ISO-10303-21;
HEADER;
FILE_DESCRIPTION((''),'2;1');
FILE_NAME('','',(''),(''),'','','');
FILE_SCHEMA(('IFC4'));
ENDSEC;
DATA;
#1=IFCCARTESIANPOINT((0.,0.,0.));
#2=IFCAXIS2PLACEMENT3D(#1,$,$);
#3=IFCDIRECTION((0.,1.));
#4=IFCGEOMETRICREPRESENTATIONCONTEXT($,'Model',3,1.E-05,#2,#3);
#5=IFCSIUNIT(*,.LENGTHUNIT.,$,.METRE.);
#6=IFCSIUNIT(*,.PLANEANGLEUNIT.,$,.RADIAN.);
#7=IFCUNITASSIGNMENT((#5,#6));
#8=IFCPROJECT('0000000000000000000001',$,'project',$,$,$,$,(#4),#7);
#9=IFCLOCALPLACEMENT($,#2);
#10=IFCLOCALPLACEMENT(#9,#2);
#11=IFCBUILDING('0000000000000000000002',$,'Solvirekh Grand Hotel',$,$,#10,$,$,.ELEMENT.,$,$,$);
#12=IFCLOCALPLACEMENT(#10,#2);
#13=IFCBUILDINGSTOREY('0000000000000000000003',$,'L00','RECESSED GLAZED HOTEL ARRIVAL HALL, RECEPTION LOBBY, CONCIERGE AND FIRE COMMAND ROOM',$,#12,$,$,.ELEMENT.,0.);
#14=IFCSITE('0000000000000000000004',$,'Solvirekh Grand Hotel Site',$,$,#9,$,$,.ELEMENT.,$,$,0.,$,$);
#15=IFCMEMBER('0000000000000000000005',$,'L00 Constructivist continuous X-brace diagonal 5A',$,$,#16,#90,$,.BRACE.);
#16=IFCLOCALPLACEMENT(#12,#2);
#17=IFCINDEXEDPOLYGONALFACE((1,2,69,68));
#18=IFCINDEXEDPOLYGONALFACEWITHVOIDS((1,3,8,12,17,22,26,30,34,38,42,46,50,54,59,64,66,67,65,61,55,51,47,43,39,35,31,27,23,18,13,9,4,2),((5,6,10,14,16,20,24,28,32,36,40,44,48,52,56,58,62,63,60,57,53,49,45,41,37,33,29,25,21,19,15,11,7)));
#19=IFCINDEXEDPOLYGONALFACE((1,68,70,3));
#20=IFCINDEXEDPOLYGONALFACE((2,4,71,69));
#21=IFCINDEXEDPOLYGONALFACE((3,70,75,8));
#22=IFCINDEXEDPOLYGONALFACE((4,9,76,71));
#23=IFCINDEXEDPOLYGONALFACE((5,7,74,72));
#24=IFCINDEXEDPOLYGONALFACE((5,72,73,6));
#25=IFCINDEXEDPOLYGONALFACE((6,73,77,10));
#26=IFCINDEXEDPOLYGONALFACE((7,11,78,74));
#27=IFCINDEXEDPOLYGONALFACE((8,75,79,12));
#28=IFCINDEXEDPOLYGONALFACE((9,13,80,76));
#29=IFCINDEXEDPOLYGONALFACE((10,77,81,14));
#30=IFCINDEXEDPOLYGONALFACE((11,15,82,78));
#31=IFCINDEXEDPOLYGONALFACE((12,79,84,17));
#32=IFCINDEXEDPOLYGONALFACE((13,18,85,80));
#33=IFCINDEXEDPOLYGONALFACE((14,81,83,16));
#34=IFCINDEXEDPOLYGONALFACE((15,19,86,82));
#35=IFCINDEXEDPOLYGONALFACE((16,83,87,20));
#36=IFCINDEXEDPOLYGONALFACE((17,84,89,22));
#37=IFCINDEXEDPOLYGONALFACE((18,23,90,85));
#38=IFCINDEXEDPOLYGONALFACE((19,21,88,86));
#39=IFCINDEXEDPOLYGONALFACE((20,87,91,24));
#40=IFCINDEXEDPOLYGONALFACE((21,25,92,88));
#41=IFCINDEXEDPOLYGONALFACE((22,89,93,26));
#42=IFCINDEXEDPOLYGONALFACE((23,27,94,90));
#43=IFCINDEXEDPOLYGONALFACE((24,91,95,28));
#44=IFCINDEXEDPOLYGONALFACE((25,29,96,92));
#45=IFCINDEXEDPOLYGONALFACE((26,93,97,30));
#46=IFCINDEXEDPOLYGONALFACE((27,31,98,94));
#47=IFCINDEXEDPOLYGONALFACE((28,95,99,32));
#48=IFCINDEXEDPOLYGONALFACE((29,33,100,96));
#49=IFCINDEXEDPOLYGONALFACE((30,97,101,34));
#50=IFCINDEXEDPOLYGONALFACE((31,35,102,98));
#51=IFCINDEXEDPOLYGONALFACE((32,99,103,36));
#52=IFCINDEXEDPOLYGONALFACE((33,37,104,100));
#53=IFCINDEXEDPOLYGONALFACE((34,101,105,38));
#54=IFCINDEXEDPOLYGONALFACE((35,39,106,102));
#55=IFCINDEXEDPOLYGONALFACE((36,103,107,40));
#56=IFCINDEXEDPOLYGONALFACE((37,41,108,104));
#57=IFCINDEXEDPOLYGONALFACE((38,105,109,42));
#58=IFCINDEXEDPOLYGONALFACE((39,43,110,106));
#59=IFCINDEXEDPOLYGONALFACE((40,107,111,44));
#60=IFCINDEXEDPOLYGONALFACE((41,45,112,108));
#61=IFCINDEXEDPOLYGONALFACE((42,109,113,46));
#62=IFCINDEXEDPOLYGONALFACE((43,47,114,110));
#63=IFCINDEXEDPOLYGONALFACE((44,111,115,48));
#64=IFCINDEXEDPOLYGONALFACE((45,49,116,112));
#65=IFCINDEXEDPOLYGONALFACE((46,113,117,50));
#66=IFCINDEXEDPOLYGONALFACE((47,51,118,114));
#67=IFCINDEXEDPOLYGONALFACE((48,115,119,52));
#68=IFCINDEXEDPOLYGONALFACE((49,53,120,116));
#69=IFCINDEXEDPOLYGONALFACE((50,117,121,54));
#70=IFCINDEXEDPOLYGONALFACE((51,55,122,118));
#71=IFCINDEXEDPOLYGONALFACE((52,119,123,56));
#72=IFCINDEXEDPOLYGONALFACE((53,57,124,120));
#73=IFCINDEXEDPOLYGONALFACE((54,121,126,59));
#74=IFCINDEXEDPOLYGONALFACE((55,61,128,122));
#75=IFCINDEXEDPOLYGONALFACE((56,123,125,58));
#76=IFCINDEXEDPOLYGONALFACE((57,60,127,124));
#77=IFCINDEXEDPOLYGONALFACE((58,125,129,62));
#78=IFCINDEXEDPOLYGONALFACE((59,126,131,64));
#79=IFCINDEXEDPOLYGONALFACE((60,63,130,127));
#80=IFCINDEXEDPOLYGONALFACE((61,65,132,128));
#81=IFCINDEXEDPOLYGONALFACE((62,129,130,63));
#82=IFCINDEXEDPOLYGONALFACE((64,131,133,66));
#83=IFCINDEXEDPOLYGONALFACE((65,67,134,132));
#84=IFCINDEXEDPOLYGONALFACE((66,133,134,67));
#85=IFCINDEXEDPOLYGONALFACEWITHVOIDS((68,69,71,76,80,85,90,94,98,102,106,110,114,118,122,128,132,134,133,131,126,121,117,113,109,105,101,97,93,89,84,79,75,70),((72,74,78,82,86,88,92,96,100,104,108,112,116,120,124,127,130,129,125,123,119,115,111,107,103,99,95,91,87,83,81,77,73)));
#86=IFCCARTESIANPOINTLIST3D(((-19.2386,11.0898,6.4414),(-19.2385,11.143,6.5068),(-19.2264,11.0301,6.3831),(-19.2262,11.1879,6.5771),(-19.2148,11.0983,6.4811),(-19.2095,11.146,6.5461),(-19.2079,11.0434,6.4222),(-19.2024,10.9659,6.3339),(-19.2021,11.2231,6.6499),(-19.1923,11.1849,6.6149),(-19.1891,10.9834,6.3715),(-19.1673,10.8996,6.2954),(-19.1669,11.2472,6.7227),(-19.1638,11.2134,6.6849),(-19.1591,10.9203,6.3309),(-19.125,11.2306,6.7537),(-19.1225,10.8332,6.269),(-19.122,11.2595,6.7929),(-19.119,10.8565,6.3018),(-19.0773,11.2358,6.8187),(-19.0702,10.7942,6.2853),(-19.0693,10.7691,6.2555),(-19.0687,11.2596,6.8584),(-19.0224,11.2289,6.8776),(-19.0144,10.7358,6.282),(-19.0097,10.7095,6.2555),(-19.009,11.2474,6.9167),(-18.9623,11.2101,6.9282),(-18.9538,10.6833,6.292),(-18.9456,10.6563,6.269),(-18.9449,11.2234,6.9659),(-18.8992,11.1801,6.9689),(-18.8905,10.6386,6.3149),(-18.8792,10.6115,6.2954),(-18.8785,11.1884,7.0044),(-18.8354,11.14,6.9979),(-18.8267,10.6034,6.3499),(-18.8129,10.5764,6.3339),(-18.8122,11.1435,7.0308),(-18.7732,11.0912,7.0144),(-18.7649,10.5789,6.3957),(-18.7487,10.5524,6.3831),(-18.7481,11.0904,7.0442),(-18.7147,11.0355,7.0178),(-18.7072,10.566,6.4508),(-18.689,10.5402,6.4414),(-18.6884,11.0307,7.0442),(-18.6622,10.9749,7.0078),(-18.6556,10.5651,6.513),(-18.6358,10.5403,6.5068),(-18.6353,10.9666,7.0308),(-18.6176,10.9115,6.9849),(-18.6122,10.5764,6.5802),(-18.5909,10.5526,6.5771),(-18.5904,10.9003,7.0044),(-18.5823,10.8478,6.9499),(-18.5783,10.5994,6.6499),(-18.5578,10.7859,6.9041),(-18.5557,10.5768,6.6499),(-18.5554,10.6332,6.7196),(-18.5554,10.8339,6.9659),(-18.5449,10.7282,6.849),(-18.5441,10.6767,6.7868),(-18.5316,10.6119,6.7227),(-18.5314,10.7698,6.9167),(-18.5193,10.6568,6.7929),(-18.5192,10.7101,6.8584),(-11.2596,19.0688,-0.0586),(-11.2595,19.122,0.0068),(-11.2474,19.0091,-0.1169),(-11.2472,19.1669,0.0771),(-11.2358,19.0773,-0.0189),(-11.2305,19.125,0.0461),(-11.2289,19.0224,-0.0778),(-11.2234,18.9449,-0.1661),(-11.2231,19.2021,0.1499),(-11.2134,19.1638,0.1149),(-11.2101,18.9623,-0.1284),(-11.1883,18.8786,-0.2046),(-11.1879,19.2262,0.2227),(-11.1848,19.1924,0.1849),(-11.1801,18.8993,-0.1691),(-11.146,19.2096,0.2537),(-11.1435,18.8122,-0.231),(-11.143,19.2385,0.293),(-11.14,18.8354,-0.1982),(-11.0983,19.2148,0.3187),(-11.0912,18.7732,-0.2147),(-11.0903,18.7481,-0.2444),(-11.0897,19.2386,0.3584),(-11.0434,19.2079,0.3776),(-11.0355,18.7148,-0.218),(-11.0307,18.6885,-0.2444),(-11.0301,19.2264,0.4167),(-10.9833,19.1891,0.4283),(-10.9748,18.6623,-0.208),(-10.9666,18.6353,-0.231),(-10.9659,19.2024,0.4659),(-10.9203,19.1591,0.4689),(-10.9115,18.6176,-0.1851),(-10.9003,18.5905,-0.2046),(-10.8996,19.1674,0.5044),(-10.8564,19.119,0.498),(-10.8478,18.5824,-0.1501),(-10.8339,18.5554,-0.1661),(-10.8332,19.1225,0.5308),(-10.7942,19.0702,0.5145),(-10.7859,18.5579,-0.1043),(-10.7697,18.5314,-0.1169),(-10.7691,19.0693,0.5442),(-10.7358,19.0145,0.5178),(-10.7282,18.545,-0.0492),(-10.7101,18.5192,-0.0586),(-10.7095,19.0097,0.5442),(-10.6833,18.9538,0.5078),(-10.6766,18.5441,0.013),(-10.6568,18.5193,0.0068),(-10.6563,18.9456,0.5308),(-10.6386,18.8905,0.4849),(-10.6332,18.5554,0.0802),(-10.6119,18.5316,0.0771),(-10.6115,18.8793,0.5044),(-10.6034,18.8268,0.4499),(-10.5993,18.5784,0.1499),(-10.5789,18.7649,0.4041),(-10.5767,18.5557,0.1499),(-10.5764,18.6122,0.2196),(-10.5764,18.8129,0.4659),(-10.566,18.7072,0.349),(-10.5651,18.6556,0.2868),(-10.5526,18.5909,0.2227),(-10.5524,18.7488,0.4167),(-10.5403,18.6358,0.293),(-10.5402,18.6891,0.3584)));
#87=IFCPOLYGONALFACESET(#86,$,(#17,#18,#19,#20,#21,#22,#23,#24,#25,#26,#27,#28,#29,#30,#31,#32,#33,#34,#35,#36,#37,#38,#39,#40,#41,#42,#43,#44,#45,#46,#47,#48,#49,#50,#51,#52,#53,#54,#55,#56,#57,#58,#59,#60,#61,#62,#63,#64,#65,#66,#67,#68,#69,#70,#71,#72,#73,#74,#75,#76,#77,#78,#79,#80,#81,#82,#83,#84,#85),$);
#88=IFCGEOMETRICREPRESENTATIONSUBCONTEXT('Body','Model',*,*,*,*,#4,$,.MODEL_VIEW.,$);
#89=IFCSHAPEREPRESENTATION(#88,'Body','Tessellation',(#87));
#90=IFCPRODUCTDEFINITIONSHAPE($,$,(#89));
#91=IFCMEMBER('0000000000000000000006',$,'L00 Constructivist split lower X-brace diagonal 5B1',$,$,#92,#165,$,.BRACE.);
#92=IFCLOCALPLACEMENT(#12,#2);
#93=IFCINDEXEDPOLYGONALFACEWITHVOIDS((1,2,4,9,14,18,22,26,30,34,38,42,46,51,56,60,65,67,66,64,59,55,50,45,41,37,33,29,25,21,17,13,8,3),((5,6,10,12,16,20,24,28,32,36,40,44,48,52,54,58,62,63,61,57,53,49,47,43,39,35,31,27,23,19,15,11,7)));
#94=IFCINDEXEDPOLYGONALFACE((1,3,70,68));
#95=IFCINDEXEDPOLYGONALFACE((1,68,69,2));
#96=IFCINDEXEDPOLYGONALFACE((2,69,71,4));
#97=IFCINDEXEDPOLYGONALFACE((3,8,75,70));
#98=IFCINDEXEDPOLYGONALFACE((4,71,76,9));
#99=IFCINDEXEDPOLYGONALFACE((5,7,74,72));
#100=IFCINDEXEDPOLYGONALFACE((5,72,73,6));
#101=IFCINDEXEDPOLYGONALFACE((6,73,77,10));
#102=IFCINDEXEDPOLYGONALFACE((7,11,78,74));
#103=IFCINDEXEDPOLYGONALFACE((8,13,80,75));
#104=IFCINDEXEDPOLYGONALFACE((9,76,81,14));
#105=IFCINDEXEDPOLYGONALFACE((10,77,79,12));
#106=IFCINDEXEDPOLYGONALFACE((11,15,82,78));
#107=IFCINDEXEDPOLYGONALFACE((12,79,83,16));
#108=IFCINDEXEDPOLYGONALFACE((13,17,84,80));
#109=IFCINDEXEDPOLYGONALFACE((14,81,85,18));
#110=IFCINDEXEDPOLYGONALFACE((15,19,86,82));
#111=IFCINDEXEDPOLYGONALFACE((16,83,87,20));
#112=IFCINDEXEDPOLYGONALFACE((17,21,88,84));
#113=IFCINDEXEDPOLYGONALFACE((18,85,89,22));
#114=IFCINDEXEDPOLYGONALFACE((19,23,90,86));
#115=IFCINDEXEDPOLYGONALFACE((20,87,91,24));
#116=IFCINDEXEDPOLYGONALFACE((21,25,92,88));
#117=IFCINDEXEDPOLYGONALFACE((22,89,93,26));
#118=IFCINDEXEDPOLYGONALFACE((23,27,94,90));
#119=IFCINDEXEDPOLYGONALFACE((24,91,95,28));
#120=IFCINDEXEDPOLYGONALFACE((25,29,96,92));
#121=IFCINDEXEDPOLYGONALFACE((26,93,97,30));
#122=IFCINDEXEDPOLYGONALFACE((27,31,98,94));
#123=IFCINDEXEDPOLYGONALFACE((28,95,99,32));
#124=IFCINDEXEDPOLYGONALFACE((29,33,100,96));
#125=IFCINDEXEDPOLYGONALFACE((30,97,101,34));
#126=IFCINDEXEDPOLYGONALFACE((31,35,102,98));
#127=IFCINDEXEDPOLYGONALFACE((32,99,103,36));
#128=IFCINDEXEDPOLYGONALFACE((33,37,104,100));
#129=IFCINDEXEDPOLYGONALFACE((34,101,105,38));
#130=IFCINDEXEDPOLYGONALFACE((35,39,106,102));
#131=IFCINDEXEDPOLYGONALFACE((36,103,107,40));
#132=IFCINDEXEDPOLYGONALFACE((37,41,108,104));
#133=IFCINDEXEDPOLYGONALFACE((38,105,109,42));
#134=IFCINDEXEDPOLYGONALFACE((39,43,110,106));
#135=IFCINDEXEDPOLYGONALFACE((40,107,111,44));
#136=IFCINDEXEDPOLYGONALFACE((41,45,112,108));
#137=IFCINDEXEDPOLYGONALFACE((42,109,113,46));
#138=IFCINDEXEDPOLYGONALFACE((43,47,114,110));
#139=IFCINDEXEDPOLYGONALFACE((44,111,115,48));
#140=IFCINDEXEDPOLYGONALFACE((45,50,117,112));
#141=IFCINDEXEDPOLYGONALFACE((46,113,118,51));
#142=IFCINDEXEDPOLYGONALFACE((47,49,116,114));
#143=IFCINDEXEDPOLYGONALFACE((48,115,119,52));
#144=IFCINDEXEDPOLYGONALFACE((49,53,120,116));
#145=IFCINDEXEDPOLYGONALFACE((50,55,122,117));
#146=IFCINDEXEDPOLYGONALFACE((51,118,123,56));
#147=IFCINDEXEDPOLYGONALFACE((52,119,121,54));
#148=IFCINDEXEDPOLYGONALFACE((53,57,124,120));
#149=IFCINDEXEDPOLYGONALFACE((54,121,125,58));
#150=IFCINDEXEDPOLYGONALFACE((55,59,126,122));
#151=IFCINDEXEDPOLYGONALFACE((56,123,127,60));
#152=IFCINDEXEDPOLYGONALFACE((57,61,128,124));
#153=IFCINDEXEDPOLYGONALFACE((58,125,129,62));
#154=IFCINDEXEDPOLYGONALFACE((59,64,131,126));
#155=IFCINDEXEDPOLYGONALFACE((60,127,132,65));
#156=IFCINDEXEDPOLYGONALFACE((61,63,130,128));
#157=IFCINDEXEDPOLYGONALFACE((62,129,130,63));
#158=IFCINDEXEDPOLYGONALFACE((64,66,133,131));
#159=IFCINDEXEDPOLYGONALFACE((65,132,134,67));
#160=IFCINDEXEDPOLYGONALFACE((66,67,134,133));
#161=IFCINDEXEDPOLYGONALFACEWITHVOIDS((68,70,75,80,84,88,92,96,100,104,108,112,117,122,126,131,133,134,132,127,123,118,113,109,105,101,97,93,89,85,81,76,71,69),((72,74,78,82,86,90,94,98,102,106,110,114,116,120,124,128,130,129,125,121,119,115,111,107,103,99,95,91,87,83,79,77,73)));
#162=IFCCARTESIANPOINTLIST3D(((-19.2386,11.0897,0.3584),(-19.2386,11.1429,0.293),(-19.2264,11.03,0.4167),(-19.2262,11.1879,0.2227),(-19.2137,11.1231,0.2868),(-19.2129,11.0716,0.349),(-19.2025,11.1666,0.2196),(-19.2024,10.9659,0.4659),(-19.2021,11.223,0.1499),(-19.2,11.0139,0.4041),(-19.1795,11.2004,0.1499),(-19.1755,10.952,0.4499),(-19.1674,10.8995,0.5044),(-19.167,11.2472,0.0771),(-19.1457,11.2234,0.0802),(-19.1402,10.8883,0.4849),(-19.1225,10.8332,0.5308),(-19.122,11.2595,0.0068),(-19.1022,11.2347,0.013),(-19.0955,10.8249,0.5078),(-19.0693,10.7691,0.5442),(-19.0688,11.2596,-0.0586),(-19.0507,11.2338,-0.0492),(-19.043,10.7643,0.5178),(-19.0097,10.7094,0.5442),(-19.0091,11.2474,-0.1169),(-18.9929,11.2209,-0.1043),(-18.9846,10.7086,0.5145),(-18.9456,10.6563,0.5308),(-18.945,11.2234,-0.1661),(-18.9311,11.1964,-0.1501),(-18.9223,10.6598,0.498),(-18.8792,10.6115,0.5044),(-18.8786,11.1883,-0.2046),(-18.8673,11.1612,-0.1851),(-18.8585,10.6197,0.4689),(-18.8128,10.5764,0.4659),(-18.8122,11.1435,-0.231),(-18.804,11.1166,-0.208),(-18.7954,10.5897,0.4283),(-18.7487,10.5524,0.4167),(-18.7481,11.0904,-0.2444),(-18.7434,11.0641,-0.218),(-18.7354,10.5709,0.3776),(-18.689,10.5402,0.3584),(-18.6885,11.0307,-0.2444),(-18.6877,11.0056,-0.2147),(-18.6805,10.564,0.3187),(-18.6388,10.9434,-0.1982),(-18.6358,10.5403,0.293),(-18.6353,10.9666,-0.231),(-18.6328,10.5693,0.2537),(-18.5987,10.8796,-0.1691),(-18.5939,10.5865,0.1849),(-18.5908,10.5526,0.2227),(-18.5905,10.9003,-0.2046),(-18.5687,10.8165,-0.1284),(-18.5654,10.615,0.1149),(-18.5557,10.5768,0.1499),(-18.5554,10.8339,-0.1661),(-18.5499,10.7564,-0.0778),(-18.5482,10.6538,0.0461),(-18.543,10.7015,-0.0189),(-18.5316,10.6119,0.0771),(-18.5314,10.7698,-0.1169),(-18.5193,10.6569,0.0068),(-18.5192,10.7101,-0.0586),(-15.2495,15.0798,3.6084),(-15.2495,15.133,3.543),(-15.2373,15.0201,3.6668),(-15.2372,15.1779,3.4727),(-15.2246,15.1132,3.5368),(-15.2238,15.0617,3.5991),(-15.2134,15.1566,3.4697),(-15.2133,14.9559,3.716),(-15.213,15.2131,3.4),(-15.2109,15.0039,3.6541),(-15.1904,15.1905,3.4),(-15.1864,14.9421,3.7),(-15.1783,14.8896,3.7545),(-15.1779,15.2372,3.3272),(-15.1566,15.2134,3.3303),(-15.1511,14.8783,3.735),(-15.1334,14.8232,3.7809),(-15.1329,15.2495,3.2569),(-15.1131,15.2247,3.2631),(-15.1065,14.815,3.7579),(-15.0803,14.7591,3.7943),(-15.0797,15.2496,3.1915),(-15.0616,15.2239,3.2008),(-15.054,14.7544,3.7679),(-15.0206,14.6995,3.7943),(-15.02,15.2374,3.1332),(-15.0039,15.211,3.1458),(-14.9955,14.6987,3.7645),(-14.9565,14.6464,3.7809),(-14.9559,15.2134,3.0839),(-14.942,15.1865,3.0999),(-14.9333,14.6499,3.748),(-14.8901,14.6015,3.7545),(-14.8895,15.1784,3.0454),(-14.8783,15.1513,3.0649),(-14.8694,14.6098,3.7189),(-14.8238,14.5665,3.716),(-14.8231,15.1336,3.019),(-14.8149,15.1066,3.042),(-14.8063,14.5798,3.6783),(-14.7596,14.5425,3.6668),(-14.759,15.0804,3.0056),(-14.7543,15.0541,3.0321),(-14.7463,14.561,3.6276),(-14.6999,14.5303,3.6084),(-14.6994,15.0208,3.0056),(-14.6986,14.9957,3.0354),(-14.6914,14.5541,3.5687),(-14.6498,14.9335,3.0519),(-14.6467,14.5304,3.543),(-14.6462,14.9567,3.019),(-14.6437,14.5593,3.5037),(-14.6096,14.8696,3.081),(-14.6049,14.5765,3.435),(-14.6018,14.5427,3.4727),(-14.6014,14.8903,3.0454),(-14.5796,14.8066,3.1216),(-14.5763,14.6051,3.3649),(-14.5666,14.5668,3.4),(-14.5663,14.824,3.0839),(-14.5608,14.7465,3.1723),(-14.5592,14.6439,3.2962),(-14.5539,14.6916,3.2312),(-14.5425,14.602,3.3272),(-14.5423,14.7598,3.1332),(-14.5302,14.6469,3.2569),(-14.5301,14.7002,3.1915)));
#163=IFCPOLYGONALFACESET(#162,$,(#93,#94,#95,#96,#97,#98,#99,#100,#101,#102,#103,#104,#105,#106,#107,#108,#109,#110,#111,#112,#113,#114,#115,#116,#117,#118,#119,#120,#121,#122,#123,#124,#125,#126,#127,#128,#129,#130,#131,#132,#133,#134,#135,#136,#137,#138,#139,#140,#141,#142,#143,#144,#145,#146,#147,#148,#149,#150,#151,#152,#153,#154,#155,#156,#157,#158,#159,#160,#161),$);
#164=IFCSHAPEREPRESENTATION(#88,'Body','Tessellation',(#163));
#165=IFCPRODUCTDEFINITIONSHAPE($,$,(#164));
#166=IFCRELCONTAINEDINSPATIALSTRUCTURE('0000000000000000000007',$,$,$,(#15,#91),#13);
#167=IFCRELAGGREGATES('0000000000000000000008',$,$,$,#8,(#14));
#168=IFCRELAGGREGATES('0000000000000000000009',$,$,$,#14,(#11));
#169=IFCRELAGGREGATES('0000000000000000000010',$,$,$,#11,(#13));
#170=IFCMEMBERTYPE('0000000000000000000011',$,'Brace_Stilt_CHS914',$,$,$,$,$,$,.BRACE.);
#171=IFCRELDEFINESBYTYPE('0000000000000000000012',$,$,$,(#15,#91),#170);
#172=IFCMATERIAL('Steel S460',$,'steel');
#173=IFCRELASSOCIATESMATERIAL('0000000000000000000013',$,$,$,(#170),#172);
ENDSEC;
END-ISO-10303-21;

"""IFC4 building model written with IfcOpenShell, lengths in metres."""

from ifc_helpers import new_model, si_unit, direction, frame, origin, origin_2d, place, context, subcontext, project, spatial, hollow_circle, extrude, material, material_profile, profile_set, type_object, element, save


model = new_model("IFC4")

# Units and contexts
model_context = context("Model", 3, precision=1e-05, world=origin(), true_north=direction((0.0, 1.0)))
body_context = subcontext(model_context, "Body", "Model", "MODEL_VIEW")
ifc_project = project(units=[si_unit("LENGTHUNIT", "METRE"), si_unit("PLANEANGLEUNIT", "RADIAN")], contexts=[model_context])

# Site, building, storey
site_placement = place(None, origin())
site = spatial("IfcSite", under=ifc_project, at=site_placement, Name="Solvirekh Grand Hotel Site", CompositionType="ELEMENT", RefElevation=0.0)
building_placement = place(site_placement, origin())
building = spatial("IfcBuilding", under=site, at=building_placement, Name="Solvirekh Grand Hotel", CompositionType="ELEMENT")
storey_placement = place(building_placement, origin())
storey = spatial("IfcBuildingStorey", under=building, at=storey_placement, Name="L00", Description="RECESSED GLAZED HOTEL ARRIVAL HALL, RECEPTION LOBBY, CONCIERGE AND FIRE COMMAND ROOM", CompositionType="ELEMENT", Elevation=0.0)

# Members
ifc_material_1 = material(Name="Steel S460", Category="steel")
ifc_material_profile_1 = material_profile(ifc_material_1, hollow_circle(Radius=0.457, WallThickness=0.032, at=origin_2d()), Name="CHS 914X32")
ifc_profile_set_1 = profile_set([ifc_material_profile_1], Name="Steel S460")
member_type_1 = type_object("IfcMemberType", Name="Brace_Stilt_CHS914", PredefinedType="BRACE", material=ifc_profile_set_1)
member_1_placement = place(storey_placement, frame((-10.8999, 18.8789, 0.1499), z_axis=(-0.612721, -0.612721, 0.499146), x_axis=(0.707107, -0.707107, 0.0)))
element("IfcMember", 1, at=member_1_placement, inside=storey, type_object=member_type_1, Name="L00 Constructivist continuous X-brace diagonal 5A", PredefinedType="BRACE", context=body_context, shape_type="SweptSolid", body=[
    extrude(hollow_circle(Radius=0.457, WallThickness=0.032, at=origin_2d()), origin(), (0.0, 0.0, 1.0), 13.0222),
])
for number, where, z_axis, x_axis, name in (
    (2, (-18.8789, 10.8999, 0.1499), (0.612646, 0.612796, 0.499146), (-0.707193, 0.70702, 0.0), "L00 Constructivist split lower X-brace diagonal 5B1"),
):
    element("IfcMember", number, at=place(storey_placement, frame(where, z_axis=z_axis, x_axis=x_axis)), inside=storey, type_object=member_type_1, Name=name, PredefinedType="BRACE", context=body_context, shape_type="SweptSolid", body=[
        extrude(hollow_circle(Radius=0.457, WallThickness=0.032, at=origin_2d()), origin(), (0.0, 0.0, 1.0), 6.5112),
    ])

save(model, "model.ifc")
